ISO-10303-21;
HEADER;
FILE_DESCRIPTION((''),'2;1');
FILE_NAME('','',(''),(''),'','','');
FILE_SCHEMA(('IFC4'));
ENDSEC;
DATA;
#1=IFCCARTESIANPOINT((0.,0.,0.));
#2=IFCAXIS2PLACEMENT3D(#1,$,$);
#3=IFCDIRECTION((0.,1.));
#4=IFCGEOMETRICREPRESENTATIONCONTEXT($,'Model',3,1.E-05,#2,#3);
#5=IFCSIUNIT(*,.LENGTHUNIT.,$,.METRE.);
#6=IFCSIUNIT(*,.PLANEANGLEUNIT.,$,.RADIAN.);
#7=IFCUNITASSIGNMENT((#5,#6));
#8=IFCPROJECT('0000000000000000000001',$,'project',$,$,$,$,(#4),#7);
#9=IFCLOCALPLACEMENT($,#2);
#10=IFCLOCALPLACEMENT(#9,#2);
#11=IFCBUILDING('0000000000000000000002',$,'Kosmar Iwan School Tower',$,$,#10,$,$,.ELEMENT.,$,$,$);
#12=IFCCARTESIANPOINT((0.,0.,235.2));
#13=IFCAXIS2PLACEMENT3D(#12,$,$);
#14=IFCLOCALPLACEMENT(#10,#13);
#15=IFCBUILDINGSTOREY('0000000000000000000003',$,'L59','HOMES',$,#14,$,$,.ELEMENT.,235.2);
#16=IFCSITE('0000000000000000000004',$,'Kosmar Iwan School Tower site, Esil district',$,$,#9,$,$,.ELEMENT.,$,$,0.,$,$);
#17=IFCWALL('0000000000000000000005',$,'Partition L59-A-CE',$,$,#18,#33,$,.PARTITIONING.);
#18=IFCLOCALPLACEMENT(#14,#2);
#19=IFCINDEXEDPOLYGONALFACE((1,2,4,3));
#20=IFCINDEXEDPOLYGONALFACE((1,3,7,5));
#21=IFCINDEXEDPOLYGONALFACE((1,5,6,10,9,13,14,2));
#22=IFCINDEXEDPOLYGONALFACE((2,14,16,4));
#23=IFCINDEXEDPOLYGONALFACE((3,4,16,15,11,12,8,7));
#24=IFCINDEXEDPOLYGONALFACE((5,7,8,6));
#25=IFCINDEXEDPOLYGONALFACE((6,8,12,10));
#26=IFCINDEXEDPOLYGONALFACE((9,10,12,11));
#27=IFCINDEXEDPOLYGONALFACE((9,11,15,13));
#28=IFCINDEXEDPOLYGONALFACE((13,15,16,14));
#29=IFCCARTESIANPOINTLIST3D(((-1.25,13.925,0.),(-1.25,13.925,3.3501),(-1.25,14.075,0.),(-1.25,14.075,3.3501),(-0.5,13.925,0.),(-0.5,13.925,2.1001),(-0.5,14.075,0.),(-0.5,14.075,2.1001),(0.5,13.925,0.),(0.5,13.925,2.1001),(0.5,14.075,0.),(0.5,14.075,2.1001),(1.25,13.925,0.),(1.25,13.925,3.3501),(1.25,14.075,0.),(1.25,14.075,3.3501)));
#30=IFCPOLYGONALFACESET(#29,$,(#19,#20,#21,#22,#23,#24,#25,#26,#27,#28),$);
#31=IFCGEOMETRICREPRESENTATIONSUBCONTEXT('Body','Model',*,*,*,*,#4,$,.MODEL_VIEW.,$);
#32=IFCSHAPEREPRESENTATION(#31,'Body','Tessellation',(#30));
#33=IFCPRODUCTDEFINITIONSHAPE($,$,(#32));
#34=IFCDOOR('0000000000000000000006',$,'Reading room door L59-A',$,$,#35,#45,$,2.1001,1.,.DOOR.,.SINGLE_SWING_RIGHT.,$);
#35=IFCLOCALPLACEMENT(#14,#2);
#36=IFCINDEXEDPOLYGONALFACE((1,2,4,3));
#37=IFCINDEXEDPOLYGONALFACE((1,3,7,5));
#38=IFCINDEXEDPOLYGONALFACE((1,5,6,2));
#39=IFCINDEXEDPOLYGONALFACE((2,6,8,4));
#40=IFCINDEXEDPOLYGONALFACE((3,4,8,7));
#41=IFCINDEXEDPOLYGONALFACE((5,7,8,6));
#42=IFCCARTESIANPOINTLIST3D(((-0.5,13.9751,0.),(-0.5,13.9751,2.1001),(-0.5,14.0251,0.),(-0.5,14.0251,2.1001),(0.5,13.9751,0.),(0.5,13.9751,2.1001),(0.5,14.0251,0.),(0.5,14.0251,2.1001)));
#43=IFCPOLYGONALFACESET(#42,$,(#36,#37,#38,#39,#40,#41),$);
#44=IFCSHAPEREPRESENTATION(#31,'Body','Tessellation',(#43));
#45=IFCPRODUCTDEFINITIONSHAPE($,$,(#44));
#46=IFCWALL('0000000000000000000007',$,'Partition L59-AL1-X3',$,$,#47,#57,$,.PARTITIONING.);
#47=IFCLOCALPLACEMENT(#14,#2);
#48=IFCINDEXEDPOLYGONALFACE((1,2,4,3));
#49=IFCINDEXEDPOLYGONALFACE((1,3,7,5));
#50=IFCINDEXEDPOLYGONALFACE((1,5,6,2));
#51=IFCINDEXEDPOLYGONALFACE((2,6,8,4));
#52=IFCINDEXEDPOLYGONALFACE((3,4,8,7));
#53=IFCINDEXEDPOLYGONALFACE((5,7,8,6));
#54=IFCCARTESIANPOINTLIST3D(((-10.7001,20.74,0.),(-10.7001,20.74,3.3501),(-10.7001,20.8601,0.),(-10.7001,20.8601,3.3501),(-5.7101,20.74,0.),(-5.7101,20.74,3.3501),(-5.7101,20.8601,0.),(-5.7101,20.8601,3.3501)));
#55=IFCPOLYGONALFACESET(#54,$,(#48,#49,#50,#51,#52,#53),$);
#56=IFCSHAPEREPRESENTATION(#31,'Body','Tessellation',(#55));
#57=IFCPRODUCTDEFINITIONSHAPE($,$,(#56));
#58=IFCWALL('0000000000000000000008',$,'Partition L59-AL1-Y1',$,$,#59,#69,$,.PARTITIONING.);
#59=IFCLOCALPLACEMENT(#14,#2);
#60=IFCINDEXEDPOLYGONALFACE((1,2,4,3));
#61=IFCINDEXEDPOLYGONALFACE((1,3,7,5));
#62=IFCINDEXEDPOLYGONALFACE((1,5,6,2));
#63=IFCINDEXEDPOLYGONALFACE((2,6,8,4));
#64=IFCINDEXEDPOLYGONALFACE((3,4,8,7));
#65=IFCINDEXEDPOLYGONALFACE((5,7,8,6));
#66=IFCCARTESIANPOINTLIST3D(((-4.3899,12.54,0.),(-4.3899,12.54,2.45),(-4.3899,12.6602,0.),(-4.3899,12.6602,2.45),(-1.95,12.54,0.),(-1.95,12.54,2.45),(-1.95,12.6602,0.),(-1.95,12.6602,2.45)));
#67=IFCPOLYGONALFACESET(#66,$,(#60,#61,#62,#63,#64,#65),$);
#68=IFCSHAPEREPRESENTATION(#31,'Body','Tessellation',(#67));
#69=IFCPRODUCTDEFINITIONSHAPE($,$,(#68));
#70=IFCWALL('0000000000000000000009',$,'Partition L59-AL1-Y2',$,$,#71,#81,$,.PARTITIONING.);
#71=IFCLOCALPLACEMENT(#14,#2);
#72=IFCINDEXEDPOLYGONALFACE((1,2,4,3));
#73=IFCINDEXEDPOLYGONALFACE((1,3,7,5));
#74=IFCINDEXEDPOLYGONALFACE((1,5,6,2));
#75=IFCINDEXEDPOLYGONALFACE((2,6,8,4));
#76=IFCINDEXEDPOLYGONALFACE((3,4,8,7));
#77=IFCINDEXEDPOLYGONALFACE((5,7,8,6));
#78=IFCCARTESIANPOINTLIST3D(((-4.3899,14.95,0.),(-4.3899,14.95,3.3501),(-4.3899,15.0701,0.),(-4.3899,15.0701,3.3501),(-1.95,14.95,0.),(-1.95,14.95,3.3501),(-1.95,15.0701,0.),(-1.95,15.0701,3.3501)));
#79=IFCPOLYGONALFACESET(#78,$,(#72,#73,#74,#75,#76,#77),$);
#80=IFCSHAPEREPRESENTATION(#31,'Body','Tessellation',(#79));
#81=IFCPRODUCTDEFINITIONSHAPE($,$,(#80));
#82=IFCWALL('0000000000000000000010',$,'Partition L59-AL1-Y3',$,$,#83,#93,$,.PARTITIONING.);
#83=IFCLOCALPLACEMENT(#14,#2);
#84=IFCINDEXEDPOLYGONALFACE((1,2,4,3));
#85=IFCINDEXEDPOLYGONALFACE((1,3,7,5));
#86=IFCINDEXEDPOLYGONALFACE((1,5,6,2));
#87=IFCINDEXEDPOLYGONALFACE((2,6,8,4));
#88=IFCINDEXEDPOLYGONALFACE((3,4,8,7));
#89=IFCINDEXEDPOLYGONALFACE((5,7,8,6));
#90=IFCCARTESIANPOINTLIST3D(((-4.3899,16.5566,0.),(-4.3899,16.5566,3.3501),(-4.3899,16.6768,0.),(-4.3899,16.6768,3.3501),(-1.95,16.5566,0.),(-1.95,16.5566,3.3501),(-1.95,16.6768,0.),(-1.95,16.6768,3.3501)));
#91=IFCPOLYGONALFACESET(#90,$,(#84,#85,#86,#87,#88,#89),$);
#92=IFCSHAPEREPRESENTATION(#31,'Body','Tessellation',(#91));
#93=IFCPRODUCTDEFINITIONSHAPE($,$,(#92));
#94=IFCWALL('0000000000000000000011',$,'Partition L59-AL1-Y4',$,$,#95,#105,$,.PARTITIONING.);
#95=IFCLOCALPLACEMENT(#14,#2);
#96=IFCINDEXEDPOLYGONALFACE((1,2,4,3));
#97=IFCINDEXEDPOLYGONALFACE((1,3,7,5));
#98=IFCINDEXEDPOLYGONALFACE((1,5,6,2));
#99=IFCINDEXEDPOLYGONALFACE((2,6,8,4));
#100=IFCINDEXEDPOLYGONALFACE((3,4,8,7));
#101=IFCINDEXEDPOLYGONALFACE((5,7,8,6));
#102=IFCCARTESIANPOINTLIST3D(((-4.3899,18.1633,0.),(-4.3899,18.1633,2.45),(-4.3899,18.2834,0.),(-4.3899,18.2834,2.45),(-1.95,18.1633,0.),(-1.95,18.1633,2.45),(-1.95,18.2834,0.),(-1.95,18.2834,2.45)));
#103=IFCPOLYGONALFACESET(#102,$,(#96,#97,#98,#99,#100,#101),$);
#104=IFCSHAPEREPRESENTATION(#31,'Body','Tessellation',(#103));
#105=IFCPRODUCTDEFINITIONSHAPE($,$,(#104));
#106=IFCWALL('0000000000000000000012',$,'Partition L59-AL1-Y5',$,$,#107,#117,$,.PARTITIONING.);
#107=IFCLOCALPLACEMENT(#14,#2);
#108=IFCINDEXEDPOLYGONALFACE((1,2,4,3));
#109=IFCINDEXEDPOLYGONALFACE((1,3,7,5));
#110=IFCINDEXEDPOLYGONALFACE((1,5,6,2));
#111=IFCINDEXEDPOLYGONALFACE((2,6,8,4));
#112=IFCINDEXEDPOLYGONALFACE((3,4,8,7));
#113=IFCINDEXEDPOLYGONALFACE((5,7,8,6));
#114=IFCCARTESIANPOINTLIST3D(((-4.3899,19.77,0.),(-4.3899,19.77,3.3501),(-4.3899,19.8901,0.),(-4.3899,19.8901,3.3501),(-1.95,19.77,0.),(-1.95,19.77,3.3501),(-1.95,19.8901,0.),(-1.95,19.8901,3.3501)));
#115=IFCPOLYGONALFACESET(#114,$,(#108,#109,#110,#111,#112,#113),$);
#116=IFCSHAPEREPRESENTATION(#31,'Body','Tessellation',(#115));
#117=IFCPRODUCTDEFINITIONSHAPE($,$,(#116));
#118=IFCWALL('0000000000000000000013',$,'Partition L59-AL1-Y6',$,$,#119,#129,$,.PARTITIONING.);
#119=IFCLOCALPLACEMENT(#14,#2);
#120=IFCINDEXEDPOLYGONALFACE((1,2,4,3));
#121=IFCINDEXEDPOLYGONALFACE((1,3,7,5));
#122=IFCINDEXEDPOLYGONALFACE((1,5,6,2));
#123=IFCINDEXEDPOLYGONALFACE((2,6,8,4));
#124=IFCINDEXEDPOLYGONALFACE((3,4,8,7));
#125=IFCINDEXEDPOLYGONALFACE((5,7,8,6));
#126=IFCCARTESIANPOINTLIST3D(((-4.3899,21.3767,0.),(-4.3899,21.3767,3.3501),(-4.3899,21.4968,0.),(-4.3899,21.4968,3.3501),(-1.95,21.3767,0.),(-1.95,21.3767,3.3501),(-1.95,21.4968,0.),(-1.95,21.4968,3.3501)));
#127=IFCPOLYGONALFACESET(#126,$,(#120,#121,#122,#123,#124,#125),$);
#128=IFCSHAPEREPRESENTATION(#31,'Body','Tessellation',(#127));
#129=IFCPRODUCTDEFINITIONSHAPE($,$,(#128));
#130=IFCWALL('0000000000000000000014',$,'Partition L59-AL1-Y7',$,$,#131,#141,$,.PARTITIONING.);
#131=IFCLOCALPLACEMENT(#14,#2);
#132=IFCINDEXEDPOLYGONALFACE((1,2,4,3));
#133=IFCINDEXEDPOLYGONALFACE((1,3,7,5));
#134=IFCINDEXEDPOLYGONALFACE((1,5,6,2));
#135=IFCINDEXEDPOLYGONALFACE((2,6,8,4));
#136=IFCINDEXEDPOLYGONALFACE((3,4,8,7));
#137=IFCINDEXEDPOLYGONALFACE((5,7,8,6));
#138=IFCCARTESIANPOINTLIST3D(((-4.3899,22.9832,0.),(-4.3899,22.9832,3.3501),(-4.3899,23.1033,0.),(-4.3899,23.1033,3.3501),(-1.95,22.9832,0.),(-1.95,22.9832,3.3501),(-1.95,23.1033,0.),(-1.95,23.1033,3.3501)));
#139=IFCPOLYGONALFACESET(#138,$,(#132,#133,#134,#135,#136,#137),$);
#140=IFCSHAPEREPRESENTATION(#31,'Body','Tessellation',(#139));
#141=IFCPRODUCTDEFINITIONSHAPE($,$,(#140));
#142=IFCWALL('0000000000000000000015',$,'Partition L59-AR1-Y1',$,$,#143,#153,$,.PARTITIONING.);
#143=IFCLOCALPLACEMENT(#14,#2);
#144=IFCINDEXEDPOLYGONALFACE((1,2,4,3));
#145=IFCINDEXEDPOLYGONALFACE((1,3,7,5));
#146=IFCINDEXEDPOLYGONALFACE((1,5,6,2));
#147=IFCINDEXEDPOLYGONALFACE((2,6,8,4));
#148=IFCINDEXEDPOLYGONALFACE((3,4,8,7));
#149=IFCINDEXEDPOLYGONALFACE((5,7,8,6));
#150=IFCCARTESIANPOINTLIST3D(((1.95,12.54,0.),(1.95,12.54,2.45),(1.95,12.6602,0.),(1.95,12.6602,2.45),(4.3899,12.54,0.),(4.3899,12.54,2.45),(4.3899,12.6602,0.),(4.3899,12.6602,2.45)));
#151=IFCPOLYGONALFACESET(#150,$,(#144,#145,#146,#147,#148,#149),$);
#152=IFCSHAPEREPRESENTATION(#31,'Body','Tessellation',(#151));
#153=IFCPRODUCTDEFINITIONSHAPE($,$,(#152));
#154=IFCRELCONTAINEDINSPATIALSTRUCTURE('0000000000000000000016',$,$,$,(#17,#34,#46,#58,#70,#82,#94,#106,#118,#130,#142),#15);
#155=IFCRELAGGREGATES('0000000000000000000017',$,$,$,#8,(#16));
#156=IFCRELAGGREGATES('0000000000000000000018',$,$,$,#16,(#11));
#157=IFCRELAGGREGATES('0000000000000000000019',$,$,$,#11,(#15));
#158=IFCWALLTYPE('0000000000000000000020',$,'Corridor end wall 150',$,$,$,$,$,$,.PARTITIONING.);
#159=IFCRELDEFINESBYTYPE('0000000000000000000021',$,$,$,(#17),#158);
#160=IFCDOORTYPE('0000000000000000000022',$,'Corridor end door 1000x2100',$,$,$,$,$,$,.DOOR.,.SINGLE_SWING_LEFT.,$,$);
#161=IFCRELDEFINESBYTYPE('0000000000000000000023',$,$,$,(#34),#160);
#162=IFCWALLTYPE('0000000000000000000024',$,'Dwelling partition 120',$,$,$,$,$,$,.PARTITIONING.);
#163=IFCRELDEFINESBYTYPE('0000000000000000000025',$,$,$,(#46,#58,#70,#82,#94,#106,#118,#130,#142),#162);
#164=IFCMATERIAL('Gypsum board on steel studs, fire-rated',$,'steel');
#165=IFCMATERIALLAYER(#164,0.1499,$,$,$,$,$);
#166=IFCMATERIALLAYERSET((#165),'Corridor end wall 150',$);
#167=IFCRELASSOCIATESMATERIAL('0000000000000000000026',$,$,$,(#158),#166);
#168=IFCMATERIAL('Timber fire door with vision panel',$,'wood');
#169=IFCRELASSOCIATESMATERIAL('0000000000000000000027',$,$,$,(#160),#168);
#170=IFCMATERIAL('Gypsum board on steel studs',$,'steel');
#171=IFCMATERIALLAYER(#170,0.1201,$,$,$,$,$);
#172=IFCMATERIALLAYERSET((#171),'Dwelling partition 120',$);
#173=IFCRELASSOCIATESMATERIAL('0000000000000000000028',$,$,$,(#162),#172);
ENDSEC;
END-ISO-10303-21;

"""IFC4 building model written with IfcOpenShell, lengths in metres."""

from ifc_helpers import new_model, si_unit, direction, frame, frame_2d, origin, place, context, subcontext, project, spatial, rectangle, extrude, material, layer, layer_set, type_object, element, fill, save


model = new_model("IFC4")

# Units and contexts
model_context = context("Model", 3, precision=1e-05, world=origin(), true_north=direction((0.0, 1.0)))
body_context = subcontext(model_context, "Body", "Model", "MODEL_VIEW")
ifc_project = project(units=[si_unit("LENGTHUNIT", "METRE"), si_unit("PLANEANGLEUNIT", "RADIAN")], contexts=[model_context])

# Site, building, storey
site_placement = place(None, origin())
site = spatial("IfcSite", under=ifc_project, at=site_placement, Name="Kosmar Iwan School Tower site, Esil district", CompositionType="ELEMENT", RefElevation=0.0)
building_placement = place(site_placement, origin())
building = spatial("IfcBuilding", under=site, at=building_placement, Name="Kosmar Iwan School Tower", CompositionType="ELEMENT")
storey_placement = place(building_placement, frame((0.0, 0.0, 235.2)))
storey = spatial("IfcBuildingStorey", under=building, at=storey_placement, Name="L59", Description="HOMES", CompositionType="ELEMENT", Elevation=235.2)

# Wall, opening, door
ifc_material_1 = material(Name="Gypsum board on steel studs, fire-rated", Category="steel")
ifc_layer_1 = layer(ifc_material_1, 0.1499)
ifc_layer_set_1 = layer_set([ifc_layer_1], Name="Corridor end wall 150")
wall_type_1 = type_object("IfcWallType", Name="Corridor end wall 150", PredefinedType="PARTITIONING", material=ifc_layer_set_1)
wall_1_placement = place(storey_placement, frame((1.25, 14.0, 0.0), z_axis=(0.0, 0.0, 1.0), x_axis=(-1.0, 0.0, 0.0)))
wall_1 = element("IfcWall", 1, at=wall_1_placement, inside=storey, type_object=wall_type_1, Name="Partition L59-A-CE", PredefinedType="PARTITIONING", context=body_context, shape_type="SweptSolid", body=[
    extrude(rectangle(XDim=2.5, YDim=0.1499, at=frame_2d((1.25, 0.0))), origin(), (0.0, 0.0, 1.0), 3.3501),
])
opening_placement = place(wall_1_placement, frame((0.75, 0.0, 0.0)))
opening = element("IfcOpeningElement", 2, at=opening_placement, cuts=wall_1, PredefinedType="OPENING", context=body_context, shape_type="SweptSolid", body=[
    extrude(rectangle(XDim=1.0, YDim=2.1001, at=frame_2d((0.5, 1.05))), frame((0.0, 0.0869, 0.0), z_axis=(0.0, -1.0, 0.0), x_axis=(1.0, 0.0, 0.0)), (0.0, 0.0, 1.0), 0.1738),
])
ifc_material_2 = material(Name="Timber fire door with vision panel", Category="wood")
door_type = type_object("IfcDoorType", Name="Corridor end door 1000x2100", OperationType="SINGLE_SWING_LEFT", PredefinedType="DOOR", material=ifc_material_2)
door_placement = place(opening_placement, origin())
door = element("IfcDoor", 3, at=door_placement, inside=storey, type_object=door_type, Name="Reading room door L59-A", OperationType="SINGLE_SWING_RIGHT", OverallHeight=2.1001, OverallWidth=1.0, PredefinedType="DOOR", context=body_context, shape_type="SweptSolid", body=[
    extrude(rectangle(XDim=1.0, YDim=2.1001, at=frame_2d((0.5, 1.05))), frame((0.0, 0.0249, 0.0), z_axis=(0.0, -1.0, 0.0), x_axis=(1.0, 0.0, 0.0)), (0.0, 0.0, 1.0), 0.05),
])
fill(opening, door)

# Walls
ifc_material_3 = material(Name="Gypsum board on steel studs", Category="steel")
ifc_layer_2 = layer(ifc_material_3, 0.1201)
ifc_layer_set_2 = layer_set([ifc_layer_2], Name="Dwelling partition 120")
wall_type_2 = type_object("IfcWallType", Name="Dwelling partition 120", PredefinedType="PARTITIONING", material=ifc_layer_set_2)
wall_2_placement = place(storey_placement, frame((-5.71, 20.8, 0.0), z_axis=(0.0, 0.0, 1.0), x_axis=(-1.0, 0.0, 0.0)))
element("IfcWall", 4, at=wall_2_placement, inside=storey, type_object=wall_type_2, Name="Partition L59-AL1-X3", PredefinedType="PARTITIONING", context=body_context, shape_type="SweptSolid", body=[
    extrude(rectangle(XDim=4.99, YDim=0.1201, at=frame_2d((2.4951, 0.0))), origin(), (0.0, 0.0, 1.0), 3.3501),
])
wall_3_placement = place(storey_placement, frame((-1.95, 12.6001, 0.0), z_axis=(0.0, 0.0, 1.0), x_axis=(-1.0, 0.0, 0.0)))
element("IfcWall", 5, at=wall_3_placement, inside=storey, type_object=wall_type_2, Name="Partition L59-AL1-Y1", PredefinedType="PARTITIONING", context=body_context, shape_type="SweptSolid", body=[
    extrude(rectangle(XDim=2.4399, YDim=0.1201, at=frame_2d((1.22, 0.0))), origin(), (0.0, 0.0, 1.0), 2.45),
])
for number, where, z_axis, x_axis, name in (
    (6, (-1.95, 15.01, 0.0), (0.0, 0.0, 1.0), (-1.0, 0.0, 0.0), "Partition L59-AL1-Y2"),
    (7, (-1.95, 16.6167, 0.0), (0.0, 0.0, 1.0), (-1.0, 0.0, 0.0), "Partition L59-AL1-Y3"),
):
    element("IfcWall", number, at=place(storey_placement, frame(where, z_axis=z_axis, x_axis=x_axis)), inside=storey, type_object=wall_type_2, Name=name, PredefinedType="PARTITIONING", context=body_context, shape_type="SweptSolid", body=[
        extrude(rectangle(XDim=2.4399, YDim=0.1201, at=frame_2d((1.22, 0.0))), origin(), (0.0, 0.0, 1.0), 3.3501),
    ])
wall_4_placement = place(storey_placement, frame((-1.95, 18.2234, 0.0), z_axis=(0.0, 0.0, 1.0), x_axis=(-1.0, 0.0, 0.0)))
element("IfcWall", 8, at=wall_4_placement, inside=storey, type_object=wall_type_2, Name="Partition L59-AL1-Y4", PredefinedType="PARTITIONING", context=body_context, shape_type="SweptSolid", body=[
    extrude(rectangle(XDim=2.4399, YDim=0.1201, at=frame_2d((1.22, 0.0))), origin(), (0.0, 0.0, 1.0), 2.45),
])
for number, where, z_axis, x_axis, name in (
    (9, (-1.95, 19.8301, 0.0), (0.0, 0.0, 1.0), (-1.0, 0.0, 0.0), "Partition L59-AL1-Y5"),
    (10, (-1.95, 21.4368, 0.0), (0.0, 0.0, 1.0), (-1.0, 0.0, 0.0), "Partition L59-AL1-Y6"),
    (11, (-1.95, 23.0432, 0.0), (0.0, 0.0, 1.0), (-1.0, 0.0, 0.0), "Partition L59-AL1-Y7"),
):
    element("IfcWall", number, at=place(storey_placement, frame(where, z_axis=z_axis, x_axis=x_axis)), inside=storey, type_object=wall_type_2, Name=name, PredefinedType="PARTITIONING", context=body_context, shape_type="SweptSolid", body=[
        extrude(rectangle(XDim=2.4399, YDim=0.1201, at=frame_2d((1.22, 0.0))), origin(), (0.0, 0.0, 1.0), 3.3501),
    ])
wall_5_placement = place(storey_placement, frame((1.95, 12.6001, 0.0), z_axis=(0.0, 0.0, 1.0), x_axis=(1.0, 0.0, 0.0)))
element("IfcWall", 12, at=wall_5_placement, inside=storey, type_object=wall_type_2, Name="Partition L59-AR1-Y1", PredefinedType="PARTITIONING", context=body_context, shape_type="SweptSolid", body=[
    extrude(rectangle(XDim=2.4399, YDim=0.1201, at=frame_2d((1.22, 0.0))), origin(), (0.0, 0.0, 1.0), 2.45),
])

save(model, "model.ifc")
